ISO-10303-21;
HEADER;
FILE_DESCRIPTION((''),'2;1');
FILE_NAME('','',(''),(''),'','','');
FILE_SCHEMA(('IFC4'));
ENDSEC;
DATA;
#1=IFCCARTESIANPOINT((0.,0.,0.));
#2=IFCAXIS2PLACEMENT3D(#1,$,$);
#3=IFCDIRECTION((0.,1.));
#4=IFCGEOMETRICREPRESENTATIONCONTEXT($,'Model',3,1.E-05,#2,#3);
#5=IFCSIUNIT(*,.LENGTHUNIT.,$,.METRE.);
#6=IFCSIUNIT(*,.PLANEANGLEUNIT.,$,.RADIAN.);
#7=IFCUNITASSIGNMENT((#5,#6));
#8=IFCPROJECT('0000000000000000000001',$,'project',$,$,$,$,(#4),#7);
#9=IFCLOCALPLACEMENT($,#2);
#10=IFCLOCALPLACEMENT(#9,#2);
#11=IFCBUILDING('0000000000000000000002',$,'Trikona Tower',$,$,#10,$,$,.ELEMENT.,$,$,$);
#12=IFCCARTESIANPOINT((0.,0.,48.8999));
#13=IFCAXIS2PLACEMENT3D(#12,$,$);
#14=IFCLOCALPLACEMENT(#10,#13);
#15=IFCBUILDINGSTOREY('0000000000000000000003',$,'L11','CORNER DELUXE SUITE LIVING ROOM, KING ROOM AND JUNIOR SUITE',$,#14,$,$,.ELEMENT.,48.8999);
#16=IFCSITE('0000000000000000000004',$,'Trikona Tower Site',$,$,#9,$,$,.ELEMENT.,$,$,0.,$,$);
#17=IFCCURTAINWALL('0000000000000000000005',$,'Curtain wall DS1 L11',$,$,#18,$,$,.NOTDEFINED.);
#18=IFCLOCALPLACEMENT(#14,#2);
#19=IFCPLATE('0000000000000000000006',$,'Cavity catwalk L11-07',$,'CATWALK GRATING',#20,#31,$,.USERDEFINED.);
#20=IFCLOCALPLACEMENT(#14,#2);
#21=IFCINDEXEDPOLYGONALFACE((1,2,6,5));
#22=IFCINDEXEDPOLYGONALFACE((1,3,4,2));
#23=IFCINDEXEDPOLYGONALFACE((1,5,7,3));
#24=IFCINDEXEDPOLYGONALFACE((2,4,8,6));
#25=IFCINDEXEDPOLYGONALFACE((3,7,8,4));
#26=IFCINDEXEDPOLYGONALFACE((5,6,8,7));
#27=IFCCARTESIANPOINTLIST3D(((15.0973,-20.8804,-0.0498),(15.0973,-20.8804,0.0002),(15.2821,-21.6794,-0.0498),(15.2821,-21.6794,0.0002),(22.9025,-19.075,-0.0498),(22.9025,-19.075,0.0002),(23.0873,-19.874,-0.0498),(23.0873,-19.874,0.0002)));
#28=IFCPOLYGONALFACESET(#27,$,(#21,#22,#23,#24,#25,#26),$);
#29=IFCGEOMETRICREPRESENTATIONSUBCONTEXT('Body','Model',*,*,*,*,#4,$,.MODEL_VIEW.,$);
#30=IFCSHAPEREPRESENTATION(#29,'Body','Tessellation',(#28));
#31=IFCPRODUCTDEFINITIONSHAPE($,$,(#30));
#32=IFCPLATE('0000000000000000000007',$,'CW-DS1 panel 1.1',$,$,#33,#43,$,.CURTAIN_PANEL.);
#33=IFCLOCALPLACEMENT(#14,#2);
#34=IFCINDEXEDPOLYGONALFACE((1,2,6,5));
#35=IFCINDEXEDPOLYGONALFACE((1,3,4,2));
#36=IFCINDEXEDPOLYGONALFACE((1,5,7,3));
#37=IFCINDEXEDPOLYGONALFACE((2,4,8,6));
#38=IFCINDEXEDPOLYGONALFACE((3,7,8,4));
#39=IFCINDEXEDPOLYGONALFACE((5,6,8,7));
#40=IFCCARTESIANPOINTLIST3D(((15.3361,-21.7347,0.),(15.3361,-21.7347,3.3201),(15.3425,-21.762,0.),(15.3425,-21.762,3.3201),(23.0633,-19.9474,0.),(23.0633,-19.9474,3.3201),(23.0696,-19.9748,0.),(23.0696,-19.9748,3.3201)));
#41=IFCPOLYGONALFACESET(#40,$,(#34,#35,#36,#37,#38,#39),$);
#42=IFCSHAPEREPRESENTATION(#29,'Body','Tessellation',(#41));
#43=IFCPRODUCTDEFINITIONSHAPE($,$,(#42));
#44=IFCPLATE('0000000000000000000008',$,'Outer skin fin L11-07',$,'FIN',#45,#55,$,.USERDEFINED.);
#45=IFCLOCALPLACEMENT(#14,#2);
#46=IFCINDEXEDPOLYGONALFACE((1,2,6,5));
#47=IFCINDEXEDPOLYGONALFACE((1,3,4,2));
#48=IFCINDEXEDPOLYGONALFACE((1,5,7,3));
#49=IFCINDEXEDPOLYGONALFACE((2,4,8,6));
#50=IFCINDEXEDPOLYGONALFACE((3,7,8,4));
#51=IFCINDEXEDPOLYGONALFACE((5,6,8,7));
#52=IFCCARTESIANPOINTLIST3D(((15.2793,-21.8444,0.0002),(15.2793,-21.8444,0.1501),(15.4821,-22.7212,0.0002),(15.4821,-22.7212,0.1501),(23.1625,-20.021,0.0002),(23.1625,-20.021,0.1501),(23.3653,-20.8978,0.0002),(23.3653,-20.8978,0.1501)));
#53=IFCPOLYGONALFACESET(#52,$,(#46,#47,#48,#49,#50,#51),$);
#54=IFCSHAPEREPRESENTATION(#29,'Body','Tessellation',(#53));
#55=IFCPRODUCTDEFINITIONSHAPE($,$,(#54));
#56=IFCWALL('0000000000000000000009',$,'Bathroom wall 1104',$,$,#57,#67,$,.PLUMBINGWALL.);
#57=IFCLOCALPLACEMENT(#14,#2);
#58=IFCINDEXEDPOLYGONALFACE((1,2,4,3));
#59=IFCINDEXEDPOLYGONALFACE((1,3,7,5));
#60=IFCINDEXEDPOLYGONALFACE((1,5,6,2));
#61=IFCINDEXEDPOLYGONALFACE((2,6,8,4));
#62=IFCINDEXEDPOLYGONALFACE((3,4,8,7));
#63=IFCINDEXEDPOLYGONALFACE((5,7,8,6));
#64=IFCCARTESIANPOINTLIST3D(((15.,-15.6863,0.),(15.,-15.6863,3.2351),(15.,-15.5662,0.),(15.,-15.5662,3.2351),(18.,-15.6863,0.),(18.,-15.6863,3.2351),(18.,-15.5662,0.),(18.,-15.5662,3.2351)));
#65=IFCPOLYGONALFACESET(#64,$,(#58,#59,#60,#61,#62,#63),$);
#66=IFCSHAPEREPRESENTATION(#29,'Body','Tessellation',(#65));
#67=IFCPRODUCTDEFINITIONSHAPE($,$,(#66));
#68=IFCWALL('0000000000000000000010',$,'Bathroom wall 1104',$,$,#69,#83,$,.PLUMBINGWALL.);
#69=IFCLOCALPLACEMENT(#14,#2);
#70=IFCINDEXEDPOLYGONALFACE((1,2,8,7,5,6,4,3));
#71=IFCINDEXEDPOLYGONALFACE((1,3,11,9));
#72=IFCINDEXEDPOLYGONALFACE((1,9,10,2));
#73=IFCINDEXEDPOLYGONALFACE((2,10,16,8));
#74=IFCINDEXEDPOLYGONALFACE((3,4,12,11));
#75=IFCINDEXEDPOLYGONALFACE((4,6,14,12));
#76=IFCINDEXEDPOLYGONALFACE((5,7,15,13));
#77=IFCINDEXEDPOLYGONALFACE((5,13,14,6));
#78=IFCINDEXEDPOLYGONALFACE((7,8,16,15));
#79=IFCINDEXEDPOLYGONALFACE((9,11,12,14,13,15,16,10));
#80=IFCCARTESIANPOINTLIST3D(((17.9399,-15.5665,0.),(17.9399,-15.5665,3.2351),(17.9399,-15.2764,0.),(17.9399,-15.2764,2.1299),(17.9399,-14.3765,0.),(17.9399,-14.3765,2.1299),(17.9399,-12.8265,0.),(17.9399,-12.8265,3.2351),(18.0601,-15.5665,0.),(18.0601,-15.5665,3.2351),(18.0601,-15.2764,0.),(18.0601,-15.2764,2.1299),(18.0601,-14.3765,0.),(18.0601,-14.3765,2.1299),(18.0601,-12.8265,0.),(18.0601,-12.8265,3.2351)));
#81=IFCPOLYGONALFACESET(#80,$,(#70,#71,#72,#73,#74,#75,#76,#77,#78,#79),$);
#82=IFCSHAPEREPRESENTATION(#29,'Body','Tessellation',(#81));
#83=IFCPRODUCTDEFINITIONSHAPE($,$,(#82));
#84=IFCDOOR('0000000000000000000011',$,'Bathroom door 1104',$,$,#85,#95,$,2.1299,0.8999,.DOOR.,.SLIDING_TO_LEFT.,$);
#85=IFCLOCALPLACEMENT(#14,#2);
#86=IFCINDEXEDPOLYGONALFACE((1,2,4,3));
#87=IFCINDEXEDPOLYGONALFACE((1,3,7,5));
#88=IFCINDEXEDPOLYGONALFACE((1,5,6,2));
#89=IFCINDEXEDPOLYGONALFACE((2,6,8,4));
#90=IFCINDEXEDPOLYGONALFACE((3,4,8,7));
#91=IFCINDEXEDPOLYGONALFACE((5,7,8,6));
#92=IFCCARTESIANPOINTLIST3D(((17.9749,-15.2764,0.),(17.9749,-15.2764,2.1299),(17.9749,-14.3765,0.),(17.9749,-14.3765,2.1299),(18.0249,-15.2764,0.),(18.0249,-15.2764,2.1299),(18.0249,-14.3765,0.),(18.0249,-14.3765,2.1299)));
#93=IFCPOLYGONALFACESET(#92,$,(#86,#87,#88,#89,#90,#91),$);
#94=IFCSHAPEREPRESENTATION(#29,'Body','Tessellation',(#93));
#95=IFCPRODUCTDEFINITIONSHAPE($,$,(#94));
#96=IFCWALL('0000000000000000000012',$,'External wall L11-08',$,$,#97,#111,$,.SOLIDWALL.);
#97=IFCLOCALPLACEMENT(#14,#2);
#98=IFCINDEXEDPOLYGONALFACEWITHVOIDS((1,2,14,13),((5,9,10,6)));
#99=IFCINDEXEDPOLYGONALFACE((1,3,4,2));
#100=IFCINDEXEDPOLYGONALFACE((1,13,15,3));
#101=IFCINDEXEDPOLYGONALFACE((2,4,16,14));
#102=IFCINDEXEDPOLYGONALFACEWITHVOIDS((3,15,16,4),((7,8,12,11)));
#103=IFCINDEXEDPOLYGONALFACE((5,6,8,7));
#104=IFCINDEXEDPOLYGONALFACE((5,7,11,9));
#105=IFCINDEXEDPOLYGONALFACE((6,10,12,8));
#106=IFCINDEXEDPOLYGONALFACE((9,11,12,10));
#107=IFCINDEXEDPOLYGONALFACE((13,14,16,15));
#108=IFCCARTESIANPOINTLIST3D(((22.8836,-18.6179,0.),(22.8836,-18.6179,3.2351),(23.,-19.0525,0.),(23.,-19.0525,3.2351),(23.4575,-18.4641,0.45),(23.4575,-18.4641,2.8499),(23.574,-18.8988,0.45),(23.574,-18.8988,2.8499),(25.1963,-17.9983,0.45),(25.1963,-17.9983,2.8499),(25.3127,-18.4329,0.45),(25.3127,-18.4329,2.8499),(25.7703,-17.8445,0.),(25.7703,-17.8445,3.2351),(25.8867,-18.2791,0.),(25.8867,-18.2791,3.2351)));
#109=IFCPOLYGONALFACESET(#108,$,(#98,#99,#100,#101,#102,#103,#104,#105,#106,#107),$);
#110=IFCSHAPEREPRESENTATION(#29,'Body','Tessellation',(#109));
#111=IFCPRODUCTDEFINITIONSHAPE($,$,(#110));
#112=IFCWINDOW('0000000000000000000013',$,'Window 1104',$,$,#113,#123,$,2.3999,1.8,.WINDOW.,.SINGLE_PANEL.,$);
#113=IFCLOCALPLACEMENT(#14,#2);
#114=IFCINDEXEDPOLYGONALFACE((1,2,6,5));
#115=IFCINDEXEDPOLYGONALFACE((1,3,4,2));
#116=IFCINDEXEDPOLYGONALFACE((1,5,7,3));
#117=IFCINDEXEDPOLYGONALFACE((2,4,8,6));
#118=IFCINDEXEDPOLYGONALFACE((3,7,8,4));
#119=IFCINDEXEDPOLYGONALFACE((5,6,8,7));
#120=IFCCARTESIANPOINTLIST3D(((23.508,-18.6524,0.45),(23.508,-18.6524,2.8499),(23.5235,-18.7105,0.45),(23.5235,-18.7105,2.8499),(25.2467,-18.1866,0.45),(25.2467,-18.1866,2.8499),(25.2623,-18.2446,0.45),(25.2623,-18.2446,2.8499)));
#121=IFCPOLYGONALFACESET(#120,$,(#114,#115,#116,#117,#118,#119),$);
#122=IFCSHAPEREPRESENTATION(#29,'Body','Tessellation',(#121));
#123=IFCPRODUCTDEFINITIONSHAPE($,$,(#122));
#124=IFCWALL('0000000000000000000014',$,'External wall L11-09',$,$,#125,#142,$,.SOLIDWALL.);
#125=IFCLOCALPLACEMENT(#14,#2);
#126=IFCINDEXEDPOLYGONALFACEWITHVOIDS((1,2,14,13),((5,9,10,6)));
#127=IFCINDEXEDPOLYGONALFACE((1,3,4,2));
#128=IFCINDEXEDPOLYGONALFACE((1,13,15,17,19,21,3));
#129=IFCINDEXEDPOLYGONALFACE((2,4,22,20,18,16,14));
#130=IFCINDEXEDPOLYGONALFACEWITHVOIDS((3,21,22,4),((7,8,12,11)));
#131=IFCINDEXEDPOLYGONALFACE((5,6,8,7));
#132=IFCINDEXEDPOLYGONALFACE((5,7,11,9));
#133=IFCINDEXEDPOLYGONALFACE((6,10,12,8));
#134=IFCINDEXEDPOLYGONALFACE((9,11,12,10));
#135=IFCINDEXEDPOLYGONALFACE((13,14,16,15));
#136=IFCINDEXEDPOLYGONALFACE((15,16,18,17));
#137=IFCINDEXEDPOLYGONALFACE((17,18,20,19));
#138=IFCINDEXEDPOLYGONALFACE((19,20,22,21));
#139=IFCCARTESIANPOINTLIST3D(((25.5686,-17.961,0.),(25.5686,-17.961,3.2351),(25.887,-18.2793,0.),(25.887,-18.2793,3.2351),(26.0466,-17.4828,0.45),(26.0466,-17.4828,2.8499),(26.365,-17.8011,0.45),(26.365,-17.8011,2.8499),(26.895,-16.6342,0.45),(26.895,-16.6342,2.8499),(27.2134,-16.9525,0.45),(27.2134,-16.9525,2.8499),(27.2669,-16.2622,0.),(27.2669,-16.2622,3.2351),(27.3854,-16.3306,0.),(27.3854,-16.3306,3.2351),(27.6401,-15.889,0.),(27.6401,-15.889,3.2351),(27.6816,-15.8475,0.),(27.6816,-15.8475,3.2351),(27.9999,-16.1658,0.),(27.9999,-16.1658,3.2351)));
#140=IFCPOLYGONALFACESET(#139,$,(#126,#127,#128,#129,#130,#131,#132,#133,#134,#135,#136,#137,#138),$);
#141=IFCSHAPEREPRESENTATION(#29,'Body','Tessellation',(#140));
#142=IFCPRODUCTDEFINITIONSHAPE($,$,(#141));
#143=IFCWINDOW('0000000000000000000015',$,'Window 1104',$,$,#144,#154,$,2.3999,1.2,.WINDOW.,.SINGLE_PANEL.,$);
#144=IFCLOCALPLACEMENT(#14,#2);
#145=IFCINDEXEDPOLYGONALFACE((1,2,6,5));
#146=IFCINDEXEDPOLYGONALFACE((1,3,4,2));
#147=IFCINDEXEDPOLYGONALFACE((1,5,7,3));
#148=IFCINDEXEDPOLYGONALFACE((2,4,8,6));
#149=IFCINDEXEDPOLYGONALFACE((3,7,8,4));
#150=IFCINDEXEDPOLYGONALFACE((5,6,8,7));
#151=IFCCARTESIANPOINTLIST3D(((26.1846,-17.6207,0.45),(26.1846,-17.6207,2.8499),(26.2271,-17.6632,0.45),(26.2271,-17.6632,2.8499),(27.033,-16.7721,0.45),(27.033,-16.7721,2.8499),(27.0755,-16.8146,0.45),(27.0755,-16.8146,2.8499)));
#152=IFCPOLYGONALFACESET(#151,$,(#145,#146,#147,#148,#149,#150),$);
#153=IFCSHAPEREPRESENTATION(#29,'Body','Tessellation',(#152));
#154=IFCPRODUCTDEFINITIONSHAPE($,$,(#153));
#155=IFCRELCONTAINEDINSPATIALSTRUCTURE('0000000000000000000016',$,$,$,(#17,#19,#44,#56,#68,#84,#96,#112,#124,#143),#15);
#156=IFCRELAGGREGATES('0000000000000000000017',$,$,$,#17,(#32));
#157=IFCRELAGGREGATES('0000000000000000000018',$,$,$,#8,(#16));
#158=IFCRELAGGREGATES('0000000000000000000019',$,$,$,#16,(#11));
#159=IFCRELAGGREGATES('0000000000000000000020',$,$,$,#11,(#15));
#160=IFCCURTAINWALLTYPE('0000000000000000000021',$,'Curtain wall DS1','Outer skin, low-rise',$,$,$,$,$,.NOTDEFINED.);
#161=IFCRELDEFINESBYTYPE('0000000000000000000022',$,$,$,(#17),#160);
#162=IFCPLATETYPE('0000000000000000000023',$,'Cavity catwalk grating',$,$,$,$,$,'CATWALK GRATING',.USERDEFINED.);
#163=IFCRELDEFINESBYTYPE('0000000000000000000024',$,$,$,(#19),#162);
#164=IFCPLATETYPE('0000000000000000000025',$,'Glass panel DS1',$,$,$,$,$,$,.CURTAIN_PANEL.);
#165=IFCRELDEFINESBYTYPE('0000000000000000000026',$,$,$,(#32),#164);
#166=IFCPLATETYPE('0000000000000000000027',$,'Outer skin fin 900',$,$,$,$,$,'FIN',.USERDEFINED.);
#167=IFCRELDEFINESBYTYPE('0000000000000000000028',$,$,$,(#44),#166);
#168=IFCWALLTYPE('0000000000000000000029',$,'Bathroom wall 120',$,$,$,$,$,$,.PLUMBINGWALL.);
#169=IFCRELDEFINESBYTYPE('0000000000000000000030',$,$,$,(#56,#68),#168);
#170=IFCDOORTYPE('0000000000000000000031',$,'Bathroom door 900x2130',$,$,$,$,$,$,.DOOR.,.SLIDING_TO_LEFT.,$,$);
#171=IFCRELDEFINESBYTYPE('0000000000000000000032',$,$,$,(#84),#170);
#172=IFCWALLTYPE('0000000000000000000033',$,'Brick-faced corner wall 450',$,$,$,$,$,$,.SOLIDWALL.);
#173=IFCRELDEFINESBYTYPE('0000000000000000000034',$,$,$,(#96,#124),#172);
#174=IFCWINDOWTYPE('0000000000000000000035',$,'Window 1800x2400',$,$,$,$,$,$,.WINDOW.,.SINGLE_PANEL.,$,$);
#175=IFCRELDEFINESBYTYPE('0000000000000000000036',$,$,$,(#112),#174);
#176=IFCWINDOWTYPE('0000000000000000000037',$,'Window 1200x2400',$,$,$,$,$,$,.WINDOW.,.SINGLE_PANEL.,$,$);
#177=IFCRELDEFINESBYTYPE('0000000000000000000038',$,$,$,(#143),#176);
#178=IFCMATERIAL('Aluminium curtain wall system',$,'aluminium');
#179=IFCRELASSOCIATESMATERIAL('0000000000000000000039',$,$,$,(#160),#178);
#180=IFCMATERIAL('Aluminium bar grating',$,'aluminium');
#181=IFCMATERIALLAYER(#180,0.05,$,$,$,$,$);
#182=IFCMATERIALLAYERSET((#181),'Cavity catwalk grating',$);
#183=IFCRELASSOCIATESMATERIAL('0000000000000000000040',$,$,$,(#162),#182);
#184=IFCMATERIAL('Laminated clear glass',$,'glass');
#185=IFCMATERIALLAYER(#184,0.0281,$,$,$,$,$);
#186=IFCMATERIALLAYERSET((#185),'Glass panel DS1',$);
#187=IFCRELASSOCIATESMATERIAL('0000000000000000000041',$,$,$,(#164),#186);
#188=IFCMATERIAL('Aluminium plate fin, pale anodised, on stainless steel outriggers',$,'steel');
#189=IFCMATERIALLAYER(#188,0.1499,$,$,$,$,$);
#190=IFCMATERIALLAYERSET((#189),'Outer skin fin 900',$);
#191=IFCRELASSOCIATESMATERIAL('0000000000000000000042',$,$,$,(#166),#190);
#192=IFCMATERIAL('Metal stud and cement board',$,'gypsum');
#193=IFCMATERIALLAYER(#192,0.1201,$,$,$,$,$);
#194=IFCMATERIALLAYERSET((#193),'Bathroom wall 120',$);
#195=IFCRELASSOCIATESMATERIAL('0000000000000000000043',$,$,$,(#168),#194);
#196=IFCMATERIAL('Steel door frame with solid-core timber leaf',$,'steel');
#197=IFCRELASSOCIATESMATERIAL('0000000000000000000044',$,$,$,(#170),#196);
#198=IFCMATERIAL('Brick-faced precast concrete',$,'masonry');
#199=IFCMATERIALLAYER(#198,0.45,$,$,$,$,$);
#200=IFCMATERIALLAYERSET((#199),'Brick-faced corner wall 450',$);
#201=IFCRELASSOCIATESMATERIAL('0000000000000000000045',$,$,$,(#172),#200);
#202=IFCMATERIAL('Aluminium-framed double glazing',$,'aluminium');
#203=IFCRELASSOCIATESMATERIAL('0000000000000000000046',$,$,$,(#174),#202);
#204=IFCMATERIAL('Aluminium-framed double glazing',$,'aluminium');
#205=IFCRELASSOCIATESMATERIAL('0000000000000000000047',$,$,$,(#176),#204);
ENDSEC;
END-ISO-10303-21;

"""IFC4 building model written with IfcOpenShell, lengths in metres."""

from ifc_helpers import new_model, si_unit, direction, frame, frame_2d, origin, origin_2d, place, context, subcontext, project, spatial, polyline, rectangle, outline, extrude, material, layer, layer_set, type_object, element, fill, aggregate, save


model = new_model("IFC4")

# Units and contexts
model_context = context("Model", 3, precision=1e-05, world=origin(), true_north=direction((0.0, 1.0)))
body_context = subcontext(model_context, "Body", "Model", "MODEL_VIEW")
ifc_project = project(units=[si_unit("LENGTHUNIT", "METRE"), si_unit("PLANEANGLEUNIT", "RADIAN")], contexts=[model_context])

# Site, building, storey
site_placement = place(None, origin())
site = spatial("IfcSite", under=ifc_project, at=site_placement, Name="Trikona Tower Site", CompositionType="ELEMENT", RefElevation=0.0)
building_placement = place(site_placement, origin())
building = spatial("IfcBuilding", under=site, at=building_placement, Name="Trikona Tower", CompositionType="ELEMENT")
storey_placement = place(building_placement, frame((0.0, 0.0, 48.8999)))
storey = spatial("IfcBuildingStorey", under=building, at=storey_placement, Name="L11", Description="CORNER DELUXE SUITE LIVING ROOM, KING ROOM AND JUNIOR SUITE", CompositionType="ELEMENT", Elevation=48.8999)

# Shared definitions
ifc_material_1 = material(Name="Aluminium curtain wall system", Category="aluminium")
curtain_wall_type = type_object("IfcCurtainWallType", Name="Curtain wall DS1", Description="Outer skin, low-rise", PredefinedType="NOTDEFINED", material=ifc_material_1)

# Curtain wall
curtain_wall_1_placement = place(storey_placement, origin())
curtain_wall_1 = element("IfcCurtainWall", 1, at=curtain_wall_1_placement, inside=storey, type_object=curtain_wall_type, Name="Curtain wall DS1 L11", PredefinedType="NOTDEFINED")

# Plates
ifc_material_2 = material(Name="Aluminium bar grating", Category="aluminium")
ifc_layer_1 = layer(ifc_material_2, 0.05)
ifc_layer_set_1 = layer_set([ifc_layer_1], Name="Cavity catwalk grating")
plate_type_1 = type_object("IfcPlateType", Name="Cavity catwalk grating", ElementType="CATWALK GRATING", PredefinedType="USERDEFINED", material=ifc_layer_set_1)
plate_1_placement = place(storey_placement, frame((19.0923, -20.3772, -0.0498), z_axis=(0.0, 0.0, 1.0), x_axis=(0.974278, 0.225351, 0.0)))
element("IfcPlate", 2, at=plate_1_placement, inside=storey, type_object=plate_type_1, Name="Cavity catwalk L11-07", ObjectType="CATWALK GRATING", PredefinedType="USERDEFINED", context=body_context, shape_type="SweptSolid", body=[
    extrude(rectangle(XDim=8.0112, YDim=0.8201, at=origin_2d()), origin(), (0.0, 0.0, 1.0), 0.05),
])
ifc_material_3 = material(Name="Laminated clear glass", Category="glass")
ifc_layer_2 = layer(ifc_material_3, 0.0281)
ifc_layer_set_2 = layer_set([ifc_layer_2], Name="Glass panel DS1")
plate_type_2 = type_object("IfcPlateType", Name="Glass panel DS1", PredefinedType="CURTAIN_PANEL", material=ifc_layer_set_2)
plate_2_placement = place(storey_placement, frame((19.2029, -20.8547, 0.0), z_axis=(0.0, 0.0, 1.0), x_axis=(0.974279, 0.225343, 0.0)))
plate_2 = element("IfcPlate", 3, at=plate_2_placement, type_object=plate_type_2, Name="CW-DS1 panel 1.1", PredefinedType="CURTAIN_PANEL", context=body_context, shape_type="SweptSolid", body=[
    extrude(rectangle(XDim=7.9312, YDim=0.0281, at=origin_2d()), origin(), (0.0, 0.0, 1.0), 3.3201),
])
aggregate(curtain_wall_1, [plate_2])
ifc_material_4 = material(Name="Aluminium plate fin, pale anodised, on stainless steel outriggers", Category="steel")
ifc_layer_3 = layer(ifc_material_4, 0.1499)
ifc_layer_set_3 = layer_set([ifc_layer_3], Name="Outer skin fin 900")
plate_type_3 = type_object("IfcPlateType", Name="Outer skin fin 900", ElementType="FIN", PredefinedType="USERDEFINED", material=ifc_layer_set_3)
plate_3_placement = place(storey_placement, frame((19.3223, -21.3711, 0.0002), z_axis=(0.0, 0.0, 1.0), x_axis=(0.974278, 0.225351, 0.0)))
element("IfcPlate", 4, at=plate_3_placement, inside=storey, type_object=plate_type_3, Name="Outer skin fin L11-07", ObjectType="FIN", PredefinedType="USERDEFINED", context=body_context, shape_type="SweptSolid", body=[
    extrude(rectangle(XDim=8.0913, YDim=0.8999, at=origin_2d()), origin(), (0.0, 0.0, 1.0), 0.1499),
])

# Wall
ifc_material_5 = material(Name="Metal stud and cement board", Category="gypsum")
ifc_layer_4 = layer(ifc_material_5, 0.1201)
ifc_layer_set_4 = layer_set([ifc_layer_4], Name="Bathroom wall 120")
wall_type_1 = type_object("IfcWallType", Name="Bathroom wall 120", PredefinedType="PLUMBINGWALL", material=ifc_layer_set_4)
wall_1_placement = place(storey_placement, frame((15.0, -15.6262, 0.0), z_axis=(0.0, 0.0, 1.0), x_axis=(1.0, 0.0, 0.0)))
element("IfcWall", 5, at=wall_1_placement, inside=storey, type_object=wall_type_1, Name="Bathroom wall 1104", PredefinedType="PLUMBINGWALL", context=body_context, shape_type="SweptSolid", body=[
    extrude(rectangle(XDim=3.0, YDim=0.1201, at=frame_2d((1.5, 0.0))), origin(), (0.0, 0.0, 1.0), 3.2351),
])

# Wall, opening, door
wall_2_placement = place(storey_placement, frame((18.0, -12.8264, 0.0), z_axis=(0.0, 0.0, 1.0), x_axis=(0.0, -1.0, 0.0)))
wall_2 = element("IfcWall", 6, at=wall_2_placement, inside=storey, type_object=wall_type_1, Name="Bathroom wall 1104", PredefinedType="PLUMBINGWALL", context=body_context, shape_type="SweptSolid", body=[
    extrude(rectangle(XDim=2.74, YDim=0.1201, at=frame_2d((1.3701, 0.0))), origin(), (0.0, 0.0, 1.0), 3.2351),
])
opening_1_placement = place(wall_2_placement, frame((1.55, 0.0, 0.0)))
opening_1 = element("IfcOpeningElement", 7, at=opening_1_placement, cuts=wall_2, PredefinedType="OPENING", context=body_context, shape_type="SweptSolid", body=[
    extrude(rectangle(XDim=0.8999, YDim=2.1299, at=frame_2d((0.45, 1.0649))), frame((0.0, 0.0701, 0.0), z_axis=(0.0, -1.0, 0.0), x_axis=(1.0, 0.0, 0.0)), (0.0, 0.0, 1.0), 0.1401),
])
ifc_material_6 = material(Name="Steel door frame with solid-core timber leaf", Category="steel")
door_type = type_object("IfcDoorType", Name="Bathroom door 900x2130", OperationType="SLIDING_TO_LEFT", PredefinedType="DOOR", material=ifc_material_6)
door_placement = place(opening_1_placement, origin())
door = element("IfcDoor", 8, at=door_placement, inside=storey, type_object=door_type, Name="Bathroom door 1104", OperationType="SLIDING_TO_LEFT", OverallHeight=2.1299, OverallWidth=0.8999, PredefinedType="DOOR", context=body_context, shape_type="SweptSolid", body=[
    extrude(rectangle(XDim=0.8999, YDim=2.1299, at=frame_2d((0.45, 1.0649))), frame((0.0, 0.0249, 0.0), z_axis=(0.0, -1.0, 0.0), x_axis=(1.0, 0.0, 0.0)), (0.0, 0.0, 1.0), 0.05),
])
fill(opening_1, door)

# Walls, openings, windows
ifc_material_7 = material(Name="Brick-faced precast concrete", Category="masonry")
ifc_layer_5 = layer(ifc_material_7, 0.45)
ifc_layer_set_5 = layer_set([ifc_layer_5], Name="Brick-faced corner wall 450")
wall_type_2 = type_object("IfcWallType", Name="Brick-faced corner wall 450", PredefinedType="SOLIDWALL", material=ifc_layer_set_5)
wall_3_placement = place(storey_placement, frame((22.9419, -18.8352, 0.0), z_axis=(0.0, 0.0, 1.0), x_axis=(0.965931, 0.258801, 0.0)))
wall_3 = element("IfcWall", 9, at=wall_3_placement, inside=storey, type_object=wall_type_2, Name="External wall L11-08", PredefinedType="SOLIDWALL", context=body_context, shape_type="SweptSolid", body=[
    extrude(rectangle(XDim=2.9885, YDim=0.45, at=frame_2d((1.4941, 0.0))), origin(), (0.0, 0.0, 1.0), 3.2351),
])
opening_2_placement = place(wall_3_placement, frame((0.5942, 0.0, 0.45)))
opening_2 = element("IfcOpeningElement", 10, at=opening_2_placement, cuts=wall_3, PredefinedType="OPENING", context=body_context, shape_type="SweptSolid", body=[
    extrude(rectangle(XDim=1.8, YDim=2.3999, at=frame_2d((0.8999, 1.2))), frame((0.0, 0.2349, 0.0), z_axis=(0.0, -1.0, 0.0), x_axis=(1.0, 0.0, 0.0)), (0.0, 0.0, 1.0), 0.47),
])
ifc_material_8 = material(Name="Aluminium-framed double glazing", Category="aluminium")
window_type_1 = type_object("IfcWindowType", Name="Window 1800x2400", PartitioningType="SINGLE_PANEL", PredefinedType="WINDOW", material=ifc_material_8)
window_1_placement = place(opening_2_placement, origin())
window_1 = element("IfcWindow", 11, at=window_1_placement, inside=storey, type_object=window_type_1, Name="Window 1104", OverallHeight=2.3999, OverallWidth=1.8, PartitioningType="SINGLE_PANEL", PredefinedType="WINDOW", context=body_context, shape_type="SweptSolid", body=[
    extrude(rectangle(XDim=1.8, YDim=2.3999, at=frame_2d((0.8999, 1.2))), frame((0.0, 0.03, 0.0), z_axis=(0.0, -1.0, 0.0), x_axis=(1.0, 0.0, 0.0)), (0.0, 0.0, 1.0), 0.0601),
])
fill(opening_2, window_1)
wall_4_placement = place(storey_placement, frame((25.7278, -18.1201, 0.0), z_axis=(0.0, 0.0, 1.0), x_axis=(0.707025, 0.707188, 0.0)))
wall_4 = element("IfcWall", 12, at=wall_4_placement, inside=storey, type_object=wall_type_2, Name="External wall L11-09", PredefinedType="SOLIDWALL", context=body_context, shape_type="SweptSolid", body=[
    extrude(outline(polyline([(2.9885, 0.2251), (2.9299, 0.2251), (2.4375, 0.093), (2.4021, 0.2251), (0.0, 0.2251), (0.0, -0.2251), (2.9885, -0.2251), (2.9885, 0.2251)])), origin(), (0.0, 0.0, 1.0), 3.2351),
])
opening_3_placement = place(wall_4_placement, frame((0.676, 0.0, 0.45)))
opening_3 = element("IfcOpeningElement", 13, at=opening_3_placement, cuts=wall_4, PredefinedType="OPENING", context=body_context, shape_type="SweptSolid", body=[
    extrude(rectangle(XDim=1.2, YDim=2.3999, at=frame_2d((0.6001, 1.2))), frame((0.0, 0.2349, 0.0), z_axis=(0.0, -1.0, 0.0), x_axis=(1.0, 0.0, 0.0)), (0.0, 0.0, 1.0), 0.47),
])
ifc_material_9 = material(Name="Aluminium-framed double glazing", Category="aluminium")
window_type_2 = type_object("IfcWindowType", Name="Window 1200x2400", PartitioningType="SINGLE_PANEL", PredefinedType="WINDOW", material=ifc_material_9)
window_2_placement = place(opening_3_placement, origin())
window_2 = element("IfcWindow", 14, at=window_2_placement, inside=storey, type_object=window_type_2, Name="Window 1104", OverallHeight=2.3999, OverallWidth=1.2, PartitioningType="SINGLE_PANEL", PredefinedType="WINDOW", context=body_context, shape_type="SweptSolid", body=[
    extrude(rectangle(XDim=1.2, YDim=2.3999, at=frame_2d((0.6001, 1.2))), frame((0.0, 0.03, 0.0), z_axis=(0.0, -1.0, 0.0), x_axis=(1.0, 0.0, 0.0)), (0.0, 0.0, 1.0), 0.0601),
])
fill(opening_3, window_2)

save(model, "model.ifc")
